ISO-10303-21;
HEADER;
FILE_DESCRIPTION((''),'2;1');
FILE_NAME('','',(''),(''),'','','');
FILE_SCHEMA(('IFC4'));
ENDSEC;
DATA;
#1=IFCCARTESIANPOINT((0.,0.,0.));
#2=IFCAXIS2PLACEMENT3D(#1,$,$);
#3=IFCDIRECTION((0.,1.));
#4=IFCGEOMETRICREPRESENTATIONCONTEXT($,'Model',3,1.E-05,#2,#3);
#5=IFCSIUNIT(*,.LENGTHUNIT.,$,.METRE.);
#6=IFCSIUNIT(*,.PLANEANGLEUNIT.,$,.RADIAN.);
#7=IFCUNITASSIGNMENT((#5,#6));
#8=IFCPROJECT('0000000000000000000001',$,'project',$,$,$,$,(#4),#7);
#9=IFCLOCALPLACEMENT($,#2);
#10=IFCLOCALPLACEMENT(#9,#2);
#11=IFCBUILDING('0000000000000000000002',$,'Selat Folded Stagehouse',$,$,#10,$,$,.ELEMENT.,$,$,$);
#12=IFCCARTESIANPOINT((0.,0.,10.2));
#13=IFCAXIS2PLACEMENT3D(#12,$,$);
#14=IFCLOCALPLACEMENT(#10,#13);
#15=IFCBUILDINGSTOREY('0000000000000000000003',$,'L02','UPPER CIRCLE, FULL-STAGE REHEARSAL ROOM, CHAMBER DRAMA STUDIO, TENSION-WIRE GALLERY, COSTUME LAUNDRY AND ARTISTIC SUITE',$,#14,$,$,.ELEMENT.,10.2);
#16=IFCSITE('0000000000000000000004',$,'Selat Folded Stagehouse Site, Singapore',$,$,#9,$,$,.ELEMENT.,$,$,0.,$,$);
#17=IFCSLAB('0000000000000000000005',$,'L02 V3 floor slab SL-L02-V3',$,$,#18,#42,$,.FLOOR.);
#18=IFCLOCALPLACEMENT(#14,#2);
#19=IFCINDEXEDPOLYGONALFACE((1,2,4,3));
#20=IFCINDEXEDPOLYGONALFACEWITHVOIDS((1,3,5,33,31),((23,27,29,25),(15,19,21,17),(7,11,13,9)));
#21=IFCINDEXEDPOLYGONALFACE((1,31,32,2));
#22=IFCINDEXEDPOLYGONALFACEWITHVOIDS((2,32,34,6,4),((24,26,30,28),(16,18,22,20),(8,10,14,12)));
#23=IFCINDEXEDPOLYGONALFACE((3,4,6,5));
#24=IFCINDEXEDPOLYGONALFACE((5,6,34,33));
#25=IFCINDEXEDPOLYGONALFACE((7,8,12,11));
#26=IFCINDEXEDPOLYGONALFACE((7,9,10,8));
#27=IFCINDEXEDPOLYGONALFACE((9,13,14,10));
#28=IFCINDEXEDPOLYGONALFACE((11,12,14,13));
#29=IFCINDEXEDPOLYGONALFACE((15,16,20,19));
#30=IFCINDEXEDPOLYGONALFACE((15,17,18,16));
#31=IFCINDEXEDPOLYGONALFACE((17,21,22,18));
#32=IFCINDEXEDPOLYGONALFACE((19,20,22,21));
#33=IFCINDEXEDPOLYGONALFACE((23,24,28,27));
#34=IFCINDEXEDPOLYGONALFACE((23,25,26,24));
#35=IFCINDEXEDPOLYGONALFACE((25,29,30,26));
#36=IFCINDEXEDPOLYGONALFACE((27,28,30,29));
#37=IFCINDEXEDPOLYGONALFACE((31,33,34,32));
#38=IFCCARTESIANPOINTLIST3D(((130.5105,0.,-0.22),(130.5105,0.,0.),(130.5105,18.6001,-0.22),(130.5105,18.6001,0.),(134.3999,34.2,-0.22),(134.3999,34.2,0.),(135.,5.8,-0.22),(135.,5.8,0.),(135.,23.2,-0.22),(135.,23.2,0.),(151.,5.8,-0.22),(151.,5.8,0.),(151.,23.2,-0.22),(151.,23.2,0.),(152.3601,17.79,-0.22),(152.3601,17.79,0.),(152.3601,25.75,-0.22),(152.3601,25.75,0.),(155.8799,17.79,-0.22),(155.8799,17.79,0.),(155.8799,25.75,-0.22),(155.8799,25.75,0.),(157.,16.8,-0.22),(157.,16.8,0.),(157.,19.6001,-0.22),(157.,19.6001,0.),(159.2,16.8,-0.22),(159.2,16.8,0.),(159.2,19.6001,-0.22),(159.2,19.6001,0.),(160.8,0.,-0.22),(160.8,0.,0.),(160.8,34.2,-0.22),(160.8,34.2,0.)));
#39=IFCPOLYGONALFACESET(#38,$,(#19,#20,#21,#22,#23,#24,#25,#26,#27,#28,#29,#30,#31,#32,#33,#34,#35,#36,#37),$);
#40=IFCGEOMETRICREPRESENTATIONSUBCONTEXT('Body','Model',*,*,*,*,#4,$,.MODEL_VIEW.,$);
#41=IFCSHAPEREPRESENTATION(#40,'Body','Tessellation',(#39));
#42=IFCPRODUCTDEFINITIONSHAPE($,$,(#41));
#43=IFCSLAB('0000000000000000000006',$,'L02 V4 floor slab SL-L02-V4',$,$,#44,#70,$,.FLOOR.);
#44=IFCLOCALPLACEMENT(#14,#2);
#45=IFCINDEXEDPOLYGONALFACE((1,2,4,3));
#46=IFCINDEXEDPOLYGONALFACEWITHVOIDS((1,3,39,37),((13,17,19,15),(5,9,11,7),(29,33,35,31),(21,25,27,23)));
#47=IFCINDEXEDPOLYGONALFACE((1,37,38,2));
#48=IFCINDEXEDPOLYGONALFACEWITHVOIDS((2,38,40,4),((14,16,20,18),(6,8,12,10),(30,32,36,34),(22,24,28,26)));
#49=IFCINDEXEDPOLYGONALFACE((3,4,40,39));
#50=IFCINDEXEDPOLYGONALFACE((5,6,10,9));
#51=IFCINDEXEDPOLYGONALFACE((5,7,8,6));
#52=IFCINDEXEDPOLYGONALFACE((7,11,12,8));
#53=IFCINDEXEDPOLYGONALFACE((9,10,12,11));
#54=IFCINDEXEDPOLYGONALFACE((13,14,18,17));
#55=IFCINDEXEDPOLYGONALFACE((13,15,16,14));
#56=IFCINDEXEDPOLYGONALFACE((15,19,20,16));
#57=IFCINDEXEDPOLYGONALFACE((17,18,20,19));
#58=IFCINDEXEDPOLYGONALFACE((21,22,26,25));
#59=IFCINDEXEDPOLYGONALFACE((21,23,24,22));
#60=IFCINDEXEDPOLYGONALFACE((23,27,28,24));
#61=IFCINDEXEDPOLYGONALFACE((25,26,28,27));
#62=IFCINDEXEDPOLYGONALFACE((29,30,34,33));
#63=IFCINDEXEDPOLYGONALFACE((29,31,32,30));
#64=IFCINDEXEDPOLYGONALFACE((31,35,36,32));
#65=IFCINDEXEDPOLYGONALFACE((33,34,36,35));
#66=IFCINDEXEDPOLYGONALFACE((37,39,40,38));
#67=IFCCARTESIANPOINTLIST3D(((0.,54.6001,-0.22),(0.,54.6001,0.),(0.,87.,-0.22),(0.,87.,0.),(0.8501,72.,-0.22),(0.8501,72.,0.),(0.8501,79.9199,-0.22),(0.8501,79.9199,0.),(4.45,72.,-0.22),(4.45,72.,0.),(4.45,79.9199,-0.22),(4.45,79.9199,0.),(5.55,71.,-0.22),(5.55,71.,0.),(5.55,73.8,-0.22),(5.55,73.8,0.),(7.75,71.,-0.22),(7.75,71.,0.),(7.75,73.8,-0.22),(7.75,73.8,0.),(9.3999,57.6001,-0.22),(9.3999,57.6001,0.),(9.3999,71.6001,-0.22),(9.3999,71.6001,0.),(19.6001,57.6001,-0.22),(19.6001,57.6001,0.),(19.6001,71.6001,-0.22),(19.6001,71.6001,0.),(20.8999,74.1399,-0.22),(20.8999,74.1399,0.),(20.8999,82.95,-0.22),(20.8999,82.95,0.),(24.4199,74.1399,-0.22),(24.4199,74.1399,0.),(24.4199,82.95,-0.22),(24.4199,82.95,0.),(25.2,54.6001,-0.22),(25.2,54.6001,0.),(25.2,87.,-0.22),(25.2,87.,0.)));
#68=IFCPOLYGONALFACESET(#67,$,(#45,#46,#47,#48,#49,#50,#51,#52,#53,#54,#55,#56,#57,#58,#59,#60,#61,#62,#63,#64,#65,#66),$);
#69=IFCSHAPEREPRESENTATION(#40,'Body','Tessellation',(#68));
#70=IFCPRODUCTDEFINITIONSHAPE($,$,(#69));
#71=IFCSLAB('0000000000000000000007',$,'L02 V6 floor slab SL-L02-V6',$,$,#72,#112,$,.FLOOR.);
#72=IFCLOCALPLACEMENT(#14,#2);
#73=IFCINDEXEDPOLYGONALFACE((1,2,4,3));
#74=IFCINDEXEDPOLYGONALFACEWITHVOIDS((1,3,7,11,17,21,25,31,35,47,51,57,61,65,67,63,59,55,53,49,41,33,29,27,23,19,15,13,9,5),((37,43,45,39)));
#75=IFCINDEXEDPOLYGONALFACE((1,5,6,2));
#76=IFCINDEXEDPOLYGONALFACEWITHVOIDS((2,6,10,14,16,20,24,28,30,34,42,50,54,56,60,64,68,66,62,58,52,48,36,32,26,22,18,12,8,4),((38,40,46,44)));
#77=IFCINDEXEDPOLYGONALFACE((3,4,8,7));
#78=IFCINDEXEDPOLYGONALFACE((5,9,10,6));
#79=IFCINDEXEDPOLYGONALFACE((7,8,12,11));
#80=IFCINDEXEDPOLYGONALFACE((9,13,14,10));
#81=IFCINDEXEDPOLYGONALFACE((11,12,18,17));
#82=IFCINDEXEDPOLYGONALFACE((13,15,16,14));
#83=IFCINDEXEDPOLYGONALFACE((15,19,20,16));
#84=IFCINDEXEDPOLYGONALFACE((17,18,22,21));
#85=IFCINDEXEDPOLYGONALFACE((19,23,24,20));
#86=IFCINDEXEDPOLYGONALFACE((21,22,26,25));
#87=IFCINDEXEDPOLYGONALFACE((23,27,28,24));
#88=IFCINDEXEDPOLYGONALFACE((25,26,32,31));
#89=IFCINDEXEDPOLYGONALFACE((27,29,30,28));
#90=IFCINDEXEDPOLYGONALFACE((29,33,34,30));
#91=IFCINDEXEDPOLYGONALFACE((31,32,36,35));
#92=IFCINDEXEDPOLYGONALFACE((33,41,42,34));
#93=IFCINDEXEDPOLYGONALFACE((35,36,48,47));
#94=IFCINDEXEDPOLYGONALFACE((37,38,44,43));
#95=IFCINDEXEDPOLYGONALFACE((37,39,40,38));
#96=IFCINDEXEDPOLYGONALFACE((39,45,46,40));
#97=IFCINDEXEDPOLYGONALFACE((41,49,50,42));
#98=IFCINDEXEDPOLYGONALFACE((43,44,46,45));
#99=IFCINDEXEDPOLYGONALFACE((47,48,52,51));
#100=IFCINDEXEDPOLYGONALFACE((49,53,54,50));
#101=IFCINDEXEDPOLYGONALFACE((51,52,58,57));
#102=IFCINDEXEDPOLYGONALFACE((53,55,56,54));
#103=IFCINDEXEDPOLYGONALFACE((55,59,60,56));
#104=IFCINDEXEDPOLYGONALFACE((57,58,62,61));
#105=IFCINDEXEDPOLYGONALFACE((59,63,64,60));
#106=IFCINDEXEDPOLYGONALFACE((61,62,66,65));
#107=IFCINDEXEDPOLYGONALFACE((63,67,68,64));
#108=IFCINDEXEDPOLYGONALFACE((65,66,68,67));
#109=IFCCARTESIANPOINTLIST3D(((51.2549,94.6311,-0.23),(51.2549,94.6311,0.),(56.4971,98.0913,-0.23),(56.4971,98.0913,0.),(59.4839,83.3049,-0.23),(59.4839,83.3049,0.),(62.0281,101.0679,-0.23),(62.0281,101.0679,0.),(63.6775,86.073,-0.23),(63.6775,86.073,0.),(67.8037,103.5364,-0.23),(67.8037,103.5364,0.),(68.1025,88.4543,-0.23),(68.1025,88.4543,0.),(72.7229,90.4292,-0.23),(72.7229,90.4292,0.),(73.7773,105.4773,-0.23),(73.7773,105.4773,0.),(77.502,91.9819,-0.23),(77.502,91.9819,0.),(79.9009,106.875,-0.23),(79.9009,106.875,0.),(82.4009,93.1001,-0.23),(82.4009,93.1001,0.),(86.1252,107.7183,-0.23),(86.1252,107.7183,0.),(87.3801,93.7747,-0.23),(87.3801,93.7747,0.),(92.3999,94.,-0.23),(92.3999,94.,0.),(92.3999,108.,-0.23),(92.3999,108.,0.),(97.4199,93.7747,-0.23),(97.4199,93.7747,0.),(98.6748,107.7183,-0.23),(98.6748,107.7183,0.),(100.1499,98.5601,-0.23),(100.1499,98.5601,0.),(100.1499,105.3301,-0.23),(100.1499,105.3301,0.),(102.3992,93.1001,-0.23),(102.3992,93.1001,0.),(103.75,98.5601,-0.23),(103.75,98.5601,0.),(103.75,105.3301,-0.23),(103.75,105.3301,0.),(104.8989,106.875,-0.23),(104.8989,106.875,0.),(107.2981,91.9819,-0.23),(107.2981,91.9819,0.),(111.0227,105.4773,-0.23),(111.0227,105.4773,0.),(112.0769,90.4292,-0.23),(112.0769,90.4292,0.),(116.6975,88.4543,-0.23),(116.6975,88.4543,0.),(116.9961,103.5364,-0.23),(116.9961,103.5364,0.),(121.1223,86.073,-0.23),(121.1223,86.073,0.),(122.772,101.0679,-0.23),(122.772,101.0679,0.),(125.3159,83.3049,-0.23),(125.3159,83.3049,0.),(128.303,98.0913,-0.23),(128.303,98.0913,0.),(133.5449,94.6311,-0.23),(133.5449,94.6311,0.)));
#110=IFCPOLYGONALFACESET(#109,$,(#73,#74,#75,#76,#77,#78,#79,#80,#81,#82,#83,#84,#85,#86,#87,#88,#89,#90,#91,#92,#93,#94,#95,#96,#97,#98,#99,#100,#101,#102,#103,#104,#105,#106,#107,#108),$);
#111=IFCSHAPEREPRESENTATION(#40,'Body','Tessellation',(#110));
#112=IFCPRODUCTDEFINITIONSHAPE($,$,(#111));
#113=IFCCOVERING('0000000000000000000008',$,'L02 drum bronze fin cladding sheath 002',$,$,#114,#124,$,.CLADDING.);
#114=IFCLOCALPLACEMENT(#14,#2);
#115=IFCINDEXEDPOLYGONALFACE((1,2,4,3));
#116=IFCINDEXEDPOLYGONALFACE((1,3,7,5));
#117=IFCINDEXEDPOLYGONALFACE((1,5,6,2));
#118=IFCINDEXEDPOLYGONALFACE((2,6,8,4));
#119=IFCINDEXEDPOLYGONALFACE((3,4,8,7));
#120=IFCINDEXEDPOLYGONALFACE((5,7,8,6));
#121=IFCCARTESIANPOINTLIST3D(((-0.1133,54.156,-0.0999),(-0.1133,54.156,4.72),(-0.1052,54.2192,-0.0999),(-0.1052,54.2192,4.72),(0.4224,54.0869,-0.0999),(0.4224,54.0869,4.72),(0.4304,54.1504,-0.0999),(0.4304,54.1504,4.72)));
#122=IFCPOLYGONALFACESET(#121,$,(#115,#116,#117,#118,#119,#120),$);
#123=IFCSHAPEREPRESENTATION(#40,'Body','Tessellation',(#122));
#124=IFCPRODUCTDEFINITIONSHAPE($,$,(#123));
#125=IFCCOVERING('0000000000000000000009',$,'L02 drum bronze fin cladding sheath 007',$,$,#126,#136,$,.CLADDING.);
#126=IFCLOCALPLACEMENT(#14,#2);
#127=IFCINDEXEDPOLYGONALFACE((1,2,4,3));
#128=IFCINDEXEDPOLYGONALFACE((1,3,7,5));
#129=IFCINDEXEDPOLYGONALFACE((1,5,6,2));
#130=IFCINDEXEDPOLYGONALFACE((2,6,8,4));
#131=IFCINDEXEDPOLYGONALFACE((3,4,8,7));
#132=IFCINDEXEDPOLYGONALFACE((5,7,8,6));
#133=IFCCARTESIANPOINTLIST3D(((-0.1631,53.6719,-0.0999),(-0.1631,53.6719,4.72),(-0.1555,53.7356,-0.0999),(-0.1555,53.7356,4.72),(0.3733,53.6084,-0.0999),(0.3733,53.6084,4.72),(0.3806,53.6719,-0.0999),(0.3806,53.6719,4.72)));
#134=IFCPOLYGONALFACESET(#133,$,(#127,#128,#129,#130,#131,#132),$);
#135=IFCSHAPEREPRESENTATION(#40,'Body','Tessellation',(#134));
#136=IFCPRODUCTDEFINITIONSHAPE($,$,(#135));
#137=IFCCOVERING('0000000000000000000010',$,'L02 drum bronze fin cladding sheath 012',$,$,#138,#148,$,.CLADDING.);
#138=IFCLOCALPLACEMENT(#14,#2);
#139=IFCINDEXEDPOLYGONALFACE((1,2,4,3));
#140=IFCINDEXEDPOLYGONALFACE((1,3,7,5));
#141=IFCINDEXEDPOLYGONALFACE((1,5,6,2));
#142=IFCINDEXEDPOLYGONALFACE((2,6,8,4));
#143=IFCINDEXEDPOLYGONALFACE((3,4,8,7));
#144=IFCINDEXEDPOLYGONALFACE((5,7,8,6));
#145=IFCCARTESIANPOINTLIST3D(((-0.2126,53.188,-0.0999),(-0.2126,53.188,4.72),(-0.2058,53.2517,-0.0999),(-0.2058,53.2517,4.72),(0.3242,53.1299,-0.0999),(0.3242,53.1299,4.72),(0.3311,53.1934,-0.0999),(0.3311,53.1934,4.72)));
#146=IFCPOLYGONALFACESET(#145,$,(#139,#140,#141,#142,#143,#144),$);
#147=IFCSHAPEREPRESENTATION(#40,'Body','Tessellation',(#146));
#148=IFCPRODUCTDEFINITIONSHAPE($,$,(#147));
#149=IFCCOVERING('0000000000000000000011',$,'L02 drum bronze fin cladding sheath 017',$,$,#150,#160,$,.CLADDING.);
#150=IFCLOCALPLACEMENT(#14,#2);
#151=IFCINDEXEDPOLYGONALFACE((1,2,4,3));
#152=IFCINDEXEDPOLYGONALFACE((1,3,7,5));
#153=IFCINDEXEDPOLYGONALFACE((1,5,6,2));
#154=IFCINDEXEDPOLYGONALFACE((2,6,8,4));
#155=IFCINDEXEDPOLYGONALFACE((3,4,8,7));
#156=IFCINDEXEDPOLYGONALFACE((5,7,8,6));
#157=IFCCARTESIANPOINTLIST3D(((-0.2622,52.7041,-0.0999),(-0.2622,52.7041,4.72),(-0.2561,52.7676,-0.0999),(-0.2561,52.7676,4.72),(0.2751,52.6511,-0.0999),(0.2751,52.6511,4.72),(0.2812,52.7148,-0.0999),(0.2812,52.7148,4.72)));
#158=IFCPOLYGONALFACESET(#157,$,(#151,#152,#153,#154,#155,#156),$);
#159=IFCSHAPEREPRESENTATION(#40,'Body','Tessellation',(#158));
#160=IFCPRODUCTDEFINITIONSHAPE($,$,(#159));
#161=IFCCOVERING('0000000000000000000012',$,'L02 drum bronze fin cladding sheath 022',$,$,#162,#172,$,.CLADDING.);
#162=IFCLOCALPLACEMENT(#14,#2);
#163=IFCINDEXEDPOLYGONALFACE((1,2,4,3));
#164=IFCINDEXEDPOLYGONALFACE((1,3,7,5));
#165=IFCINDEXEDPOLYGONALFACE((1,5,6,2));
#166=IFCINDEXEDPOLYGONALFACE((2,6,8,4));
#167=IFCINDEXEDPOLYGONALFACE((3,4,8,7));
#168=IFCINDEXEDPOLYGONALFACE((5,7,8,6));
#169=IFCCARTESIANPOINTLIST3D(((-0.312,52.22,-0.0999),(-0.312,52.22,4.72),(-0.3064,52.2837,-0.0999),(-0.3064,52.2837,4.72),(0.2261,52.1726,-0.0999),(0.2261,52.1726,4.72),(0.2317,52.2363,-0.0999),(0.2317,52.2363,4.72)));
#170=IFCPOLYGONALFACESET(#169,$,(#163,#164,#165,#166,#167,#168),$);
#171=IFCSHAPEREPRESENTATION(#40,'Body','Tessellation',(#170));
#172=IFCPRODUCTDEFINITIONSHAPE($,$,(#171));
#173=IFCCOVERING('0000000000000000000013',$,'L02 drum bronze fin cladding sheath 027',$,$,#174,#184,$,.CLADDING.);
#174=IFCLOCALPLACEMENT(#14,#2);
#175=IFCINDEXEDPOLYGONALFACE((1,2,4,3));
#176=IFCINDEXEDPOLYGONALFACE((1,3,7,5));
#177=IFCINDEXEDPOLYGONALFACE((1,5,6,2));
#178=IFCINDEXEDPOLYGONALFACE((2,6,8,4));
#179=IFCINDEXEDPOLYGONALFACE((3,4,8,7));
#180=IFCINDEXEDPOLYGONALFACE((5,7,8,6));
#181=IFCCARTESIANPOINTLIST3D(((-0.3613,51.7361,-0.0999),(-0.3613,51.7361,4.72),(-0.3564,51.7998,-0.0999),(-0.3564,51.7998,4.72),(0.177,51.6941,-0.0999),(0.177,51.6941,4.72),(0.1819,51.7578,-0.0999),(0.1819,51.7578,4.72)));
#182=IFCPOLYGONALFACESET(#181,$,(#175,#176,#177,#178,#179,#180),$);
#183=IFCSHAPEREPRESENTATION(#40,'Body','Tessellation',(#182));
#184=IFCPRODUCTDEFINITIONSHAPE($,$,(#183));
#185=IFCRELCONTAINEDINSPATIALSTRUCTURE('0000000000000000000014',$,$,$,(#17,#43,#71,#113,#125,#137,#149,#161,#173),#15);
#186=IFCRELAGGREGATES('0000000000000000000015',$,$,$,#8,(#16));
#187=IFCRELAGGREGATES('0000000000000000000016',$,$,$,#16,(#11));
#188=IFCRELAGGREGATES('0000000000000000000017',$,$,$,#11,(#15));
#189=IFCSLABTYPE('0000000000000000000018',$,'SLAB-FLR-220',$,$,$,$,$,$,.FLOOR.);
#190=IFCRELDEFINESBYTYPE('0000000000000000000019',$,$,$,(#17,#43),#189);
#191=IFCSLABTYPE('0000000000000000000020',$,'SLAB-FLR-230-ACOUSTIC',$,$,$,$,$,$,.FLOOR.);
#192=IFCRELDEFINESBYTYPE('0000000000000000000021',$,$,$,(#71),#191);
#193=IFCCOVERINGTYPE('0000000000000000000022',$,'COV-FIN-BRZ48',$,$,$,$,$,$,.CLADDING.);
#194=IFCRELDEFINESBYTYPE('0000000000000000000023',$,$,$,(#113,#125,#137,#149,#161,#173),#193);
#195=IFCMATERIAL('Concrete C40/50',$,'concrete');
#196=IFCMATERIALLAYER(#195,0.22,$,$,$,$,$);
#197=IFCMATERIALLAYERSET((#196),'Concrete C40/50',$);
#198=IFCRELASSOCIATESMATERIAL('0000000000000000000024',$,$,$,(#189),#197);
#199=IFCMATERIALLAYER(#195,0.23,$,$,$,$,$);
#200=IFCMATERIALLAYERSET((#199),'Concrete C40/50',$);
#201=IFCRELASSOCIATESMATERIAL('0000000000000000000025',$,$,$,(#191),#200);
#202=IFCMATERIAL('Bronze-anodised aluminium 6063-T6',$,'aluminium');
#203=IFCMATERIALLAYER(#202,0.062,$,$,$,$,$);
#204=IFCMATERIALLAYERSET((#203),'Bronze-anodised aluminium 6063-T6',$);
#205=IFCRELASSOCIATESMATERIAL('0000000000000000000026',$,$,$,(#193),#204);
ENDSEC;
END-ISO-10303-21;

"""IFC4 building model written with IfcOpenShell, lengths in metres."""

from ifc_helpers import new_model, si_unit, direction, frame, origin, place, context, subcontext, project, spatial, polyline, outline, extrude, material, layer, layer_set, type_object, element, save


model = new_model("IFC4")

# Units and contexts
model_context = context("Model", 3, precision=1e-05, world=origin(), true_north=direction((0.0, 1.0)))
body_context = subcontext(model_context, "Body", "Model", "MODEL_VIEW")
ifc_project = project(units=[si_unit("LENGTHUNIT", "METRE"), si_unit("PLANEANGLEUNIT", "RADIAN")], contexts=[model_context])

# Site, building, storey
site_placement = place(None, origin())
site = spatial("IfcSite", under=ifc_project, at=site_placement, Name="Selat Folded Stagehouse Site, Singapore", CompositionType="ELEMENT", RefElevation=0.0)
building_placement = place(site_placement, origin())
building = spatial("IfcBuilding", under=site, at=building_placement, Name="Selat Folded Stagehouse", CompositionType="ELEMENT")
storey_placement = place(building_placement, frame((0.0, 0.0, 10.2)))
storey = spatial("IfcBuildingStorey", under=building, at=storey_placement, Name="L02", Description="UPPER CIRCLE, FULL-STAGE REHEARSAL ROOM, CHAMBER DRAMA STUDIO, TENSION-WIRE GALLERY, COSTUME LAUNDRY AND ARTISTIC SUITE", CompositionType="ELEMENT", Elevation=10.2)

# Slabs
ifc_material_1 = material(Name="Concrete C40/50", Category="concrete")
ifc_layer_1 = layer(ifc_material_1, 0.22)
ifc_layer_set_1 = layer_set([ifc_layer_1], Name="Concrete C40/50")
slab_type_1 = type_object("IfcSlabType", Name="SLAB-FLR-220", PredefinedType="FLOOR", material=ifc_layer_set_1)
slab_1_placement = place(storey_placement, frame((0.0, 0.0, -0.22)))
element("IfcSlab", 1, at=slab_1_placement, inside=storey, type_object=slab_type_1, Name="L02 V3 floor slab SL-L02-V3", PredefinedType="FLOOR", context=body_context, shape_type="SweptSolid", body=[
    extrude(outline(polyline([(130.5105, 0.0), (160.8, 0.0), (160.8, 34.2), (134.3999, 34.2), (130.5105, 18.6001), (130.5105, 0.0)]), holes=[polyline([(151.0, 23.2), (151.0, 5.8), (135.0, 5.8), (135.0, 23.2), (151.0, 23.2)]), polyline([(157.0, 16.8), (157.0, 19.6001), (159.2, 19.6001), (159.2, 16.8), (157.0, 16.8)]), polyline([(152.3601, 17.79), (152.3601, 25.75), (155.8799, 25.75), (155.8799, 17.79), (152.3601, 17.79)])]), origin(), (0.0, 0.0, 1.0), 0.22),
])
slab_2_placement = place(storey_placement, frame((0.0, 0.0, -0.22)))
element("IfcSlab", 2, at=slab_2_placement, inside=storey, type_object=slab_type_1, Name="L02 V4 floor slab SL-L02-V4", PredefinedType="FLOOR", context=body_context, shape_type="SweptSolid", body=[
    extrude(outline(polyline([(0.0, 54.6001), (25.2, 54.6001), (25.2, 87.0), (0.0, 87.0), (0.0, 54.6001)]), holes=[polyline([(19.6001, 57.6001), (9.3999, 57.6001), (9.3999, 71.6001), (19.6001, 71.6001), (19.6001, 57.6001)]), polyline([(5.55, 71.0), (5.55, 73.8), (7.75, 73.8), (7.75, 71.0), (5.55, 71.0)]), polyline([(0.8501, 72.0), (0.8501, 79.9199), (4.45, 79.9199), (4.45, 72.0), (0.8501, 72.0)]), polyline([(20.8999, 74.1399), (20.8999, 82.95), (24.4199, 82.95), (24.4199, 74.1399), (20.8999, 74.1399)])]), origin(), (0.0, 0.0, 1.0), 0.22),
])
ifc_layer_2 = layer(ifc_material_1, 0.23)
ifc_layer_set_2 = layer_set([ifc_layer_2], Name="Concrete C40/50")
slab_type_2 = type_object("IfcSlabType", Name="SLAB-FLR-230-ACOUSTIC", PredefinedType="FLOOR", material=ifc_layer_set_2)
slab_3_placement = place(storey_placement, frame((0.0, 0.0, -0.23)))
element("IfcSlab", 3, at=slab_3_placement, inside=storey, type_object=slab_type_2, Name="L02 V6 floor slab SL-L02-V6", PredefinedType="FLOOR", context=body_context, shape_type="SweptSolid", body=[
    extrude(outline(polyline([(59.4839, 83.3049), (63.6775, 86.073), (68.1025, 88.4543), (72.7229, 90.4292), (77.502, 91.9819), (82.4009, 93.1001), (87.3801, 93.7747), (92.3999, 94.0), (97.4199, 93.7747), (102.3992, 93.1001), (107.2981, 91.9819), (112.0769, 90.4292), (116.6975, 88.4543), (121.1223, 86.073), (125.3159, 83.3049), (133.5449, 94.6311), (128.303, 98.0913), (122.772, 101.0679), (116.9961, 103.5364), (111.0227, 105.4773), (104.8989, 106.875), (98.6748, 107.7183), (92.3999, 108.0), (86.1252, 107.7183), (79.9009, 106.875), (73.7773, 105.4773), (67.8037, 103.5364), (62.0281, 101.0679), (56.4971, 98.0913), (51.2549, 94.6311), (59.4839, 83.3049)]), holes=[polyline([(103.75, 105.3301), (103.75, 98.5601), (100.1499, 98.5601), (100.1499, 105.3301), (103.75, 105.3301)])]), origin(), (0.0, 0.0, 1.0), 0.23),
])

# Coverings
ifc_material_2 = material(Name="Bronze-anodised aluminium 6063-T6", Category="aluminium")
ifc_layer_3 = layer(ifc_material_2, 0.062)
ifc_layer_set_3 = layer_set([ifc_layer_3], Name="Bronze-anodised aluminium 6063-T6")
covering_type = type_object("IfcCoveringType", Name="COV-FIN-BRZ48", PredefinedType="CLADDING", material=ifc_layer_set_3)
covering_1_placement = place(storey_placement, frame((0.0, 0.0, -0.0999)))
element("IfcCovering", 4, at=covering_1_placement, inside=storey, type_object=covering_type, Name="L02 drum bronze fin cladding sheath 002", PredefinedType="CLADDING", context=body_context, shape_type="SweptSolid", body=[
    extrude(outline(polyline([(0.4304, 54.1504), (-0.1052, 54.2192), (-0.1133, 54.156), (0.4224, 54.0869), (0.4304, 54.1504)])), origin(), (0.0, 0.0, 1.0), 4.8198),
])
covering_2_placement = place(storey_placement, frame((0.0, 0.0, -0.0999)))
element("IfcCovering", 5, at=covering_2_placement, inside=storey, type_object=covering_type, Name="L02 drum bronze fin cladding sheath 007", PredefinedType="CLADDING", context=body_context, shape_type="SweptSolid", body=[
    extrude(outline(polyline([(0.3806, 53.6719), (-0.1555, 53.7356), (-0.1631, 53.6719), (0.3733, 53.6084), (0.3806, 53.6719)])), origin(), (0.0, 0.0, 1.0), 4.8198),
])
covering_3_placement = place(storey_placement, frame((0.0, 0.0, -0.0999)))
element("IfcCovering", 6, at=covering_3_placement, inside=storey, type_object=covering_type, Name="L02 drum bronze fin cladding sheath 012", PredefinedType="CLADDING", context=body_context, shape_type="SweptSolid", body=[
    extrude(outline(polyline([(0.3311, 53.1934), (-0.2058, 53.2517), (-0.2126, 53.188), (0.3242, 53.1299), (0.3311, 53.1934)])), origin(), (0.0, 0.0, 1.0), 4.8198),
])
covering_4_placement = place(storey_placement, frame((0.0, 0.0, -0.0999)))
element("IfcCovering", 7, at=covering_4_placement, inside=storey, type_object=covering_type, Name="L02 drum bronze fin cladding sheath 017", PredefinedType="CLADDING", context=body_context, shape_type="SweptSolid", body=[
    extrude(outline(polyline([(0.2812, 52.7148), (-0.2561, 52.7676), (-0.2622, 52.7041), (0.2751, 52.6511), (0.2812, 52.7148)])), origin(), (0.0, 0.0, 1.0), 4.8198),
])
covering_5_placement = place(storey_placement, frame((0.0, 0.0, -0.0999)))
element("IfcCovering", 8, at=covering_5_placement, inside=storey, type_object=covering_type, Name="L02 drum bronze fin cladding sheath 022", PredefinedType="CLADDING", context=body_context, shape_type="SweptSolid", body=[
    extrude(outline(polyline([(0.2317, 52.2363), (-0.3064, 52.2837), (-0.312, 52.22), (0.2261, 52.1726), (0.2317, 52.2363)])), origin(), (0.0, 0.0, 1.0), 4.8198),
])
covering_6_placement = place(storey_placement, frame((0.0, 0.0, -0.0999)))
element("IfcCovering", 9, at=covering_6_placement, inside=storey, type_object=covering_type, Name="L02 drum bronze fin cladding sheath 027", PredefinedType="CLADDING", context=body_context, shape_type="SweptSolid", body=[
    extrude(outline(polyline([(0.1819, 51.7578), (-0.3564, 51.7998), (-0.3613, 51.7361), (0.177, 51.6941), (0.1819, 51.7578)])), origin(), (0.0, 0.0, 1.0), 4.8198),
])

save(model, "model.ifc")
